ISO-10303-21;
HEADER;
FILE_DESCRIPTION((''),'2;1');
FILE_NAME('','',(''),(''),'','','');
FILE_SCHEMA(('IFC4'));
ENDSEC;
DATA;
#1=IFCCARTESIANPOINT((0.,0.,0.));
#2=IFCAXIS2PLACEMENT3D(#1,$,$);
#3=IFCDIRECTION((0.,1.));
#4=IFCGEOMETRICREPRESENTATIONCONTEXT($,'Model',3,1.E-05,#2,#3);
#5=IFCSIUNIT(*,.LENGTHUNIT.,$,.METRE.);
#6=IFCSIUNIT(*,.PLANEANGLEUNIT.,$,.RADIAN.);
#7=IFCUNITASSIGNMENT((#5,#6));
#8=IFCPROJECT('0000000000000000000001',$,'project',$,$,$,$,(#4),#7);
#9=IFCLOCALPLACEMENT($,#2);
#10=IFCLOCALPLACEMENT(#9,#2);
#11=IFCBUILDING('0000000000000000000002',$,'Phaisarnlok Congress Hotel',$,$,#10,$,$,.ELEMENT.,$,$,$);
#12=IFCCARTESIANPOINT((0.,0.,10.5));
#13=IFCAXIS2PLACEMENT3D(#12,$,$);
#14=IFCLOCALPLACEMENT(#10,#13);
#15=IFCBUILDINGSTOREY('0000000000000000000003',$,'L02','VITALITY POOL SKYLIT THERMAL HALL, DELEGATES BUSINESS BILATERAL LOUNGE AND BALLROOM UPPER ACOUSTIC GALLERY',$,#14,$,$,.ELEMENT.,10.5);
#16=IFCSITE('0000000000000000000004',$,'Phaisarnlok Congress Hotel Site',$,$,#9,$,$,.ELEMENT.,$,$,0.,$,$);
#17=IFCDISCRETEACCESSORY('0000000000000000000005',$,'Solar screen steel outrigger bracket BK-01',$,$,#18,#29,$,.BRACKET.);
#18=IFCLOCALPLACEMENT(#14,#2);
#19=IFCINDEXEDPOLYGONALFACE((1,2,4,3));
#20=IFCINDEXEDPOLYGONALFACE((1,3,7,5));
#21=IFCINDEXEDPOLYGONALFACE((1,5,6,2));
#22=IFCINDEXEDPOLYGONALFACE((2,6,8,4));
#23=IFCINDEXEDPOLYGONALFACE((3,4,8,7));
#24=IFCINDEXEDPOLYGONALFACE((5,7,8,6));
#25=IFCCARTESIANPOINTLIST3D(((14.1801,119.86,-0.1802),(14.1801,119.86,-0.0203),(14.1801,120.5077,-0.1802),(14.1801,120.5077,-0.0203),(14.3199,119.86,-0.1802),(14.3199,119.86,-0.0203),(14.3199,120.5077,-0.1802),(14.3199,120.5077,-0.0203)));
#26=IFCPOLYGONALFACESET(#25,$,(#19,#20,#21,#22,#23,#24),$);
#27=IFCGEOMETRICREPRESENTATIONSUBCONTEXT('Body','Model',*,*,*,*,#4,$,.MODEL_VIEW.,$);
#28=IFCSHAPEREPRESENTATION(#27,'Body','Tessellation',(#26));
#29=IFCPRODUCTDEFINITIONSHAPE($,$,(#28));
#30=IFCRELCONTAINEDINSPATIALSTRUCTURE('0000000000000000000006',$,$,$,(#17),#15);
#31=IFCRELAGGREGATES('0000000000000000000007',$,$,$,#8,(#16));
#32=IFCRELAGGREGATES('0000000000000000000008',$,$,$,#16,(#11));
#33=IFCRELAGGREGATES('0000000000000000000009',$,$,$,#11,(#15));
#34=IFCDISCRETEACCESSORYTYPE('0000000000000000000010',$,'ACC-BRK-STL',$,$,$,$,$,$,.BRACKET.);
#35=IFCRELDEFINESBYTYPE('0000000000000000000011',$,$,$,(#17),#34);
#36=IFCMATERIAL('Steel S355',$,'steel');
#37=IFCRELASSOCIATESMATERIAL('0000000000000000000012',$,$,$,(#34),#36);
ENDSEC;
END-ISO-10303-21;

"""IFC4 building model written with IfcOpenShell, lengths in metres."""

from ifc_helpers import new_model, si_unit, direction, frame, origin, origin_2d, place, context, subcontext, project, spatial, rectangle, extrude, material, type_object, element, save


model = new_model("IFC4")

# Units and contexts
model_context = context("Model", 3, precision=1e-05, world=origin(), true_north=direction((0.0, 1.0)))
body_context = subcontext(model_context, "Body", "Model", "MODEL_VIEW")
ifc_project = project(units=[si_unit("LENGTHUNIT", "METRE"), si_unit("PLANEANGLEUNIT", "RADIAN")], contexts=[model_context])

# Site, building, storey
site_placement = place(None, origin())
site = spatial("IfcSite", under=ifc_project, at=site_placement, Name="Phaisarnlok Congress Hotel Site", CompositionType="ELEMENT", RefElevation=0.0)
building_placement = place(site_placement, origin())
building = spatial("IfcBuilding", under=site, at=building_placement, Name="Phaisarnlok Congress Hotel", CompositionType="ELEMENT")
storey_placement = place(building_placement, frame((0.0, 0.0, 10.5)))
storey = spatial("IfcBuildingStorey", under=building, at=storey_placement, Name="L02", Description="VITALITY POOL SKYLIT THERMAL HALL, DELEGATES BUSINESS BILATERAL LOUNGE AND BALLROOM UPPER ACOUSTIC GALLERY", CompositionType="ELEMENT", Elevation=10.5)

# Discrete accessory
ifc_material_1 = material(Name="Steel S355", Category="steel")
discrete_accessory_type = type_object("IfcDiscreteAccessoryType", Name="ACC-BRK-STL", PredefinedType="BRACKET", material=ifc_material_1)
for number, where, z_axis, x_axis, name in (
    (1, (14.25, 120.1838, -0.1802), (0.0, 0.0, 1.0), (1.0, 0.0, 0.0), "Solar screen steel outrigger bracket BK-01"),
):
    element("IfcDiscreteAccessory", number, at=place(storey_placement, frame(where, z_axis=z_axis, x_axis=x_axis)), inside=storey, type_object=discrete_accessory_type, Name=name, PredefinedType="BRACKET", context=body_context, shape_type="SweptSolid", body=[
        extrude(rectangle(XDim=0.1399, YDim=0.6477, at=origin_2d()), origin(), (0.0, 0.0, 1.0), 0.1599),
    ])

save(model, "model.ifc")
